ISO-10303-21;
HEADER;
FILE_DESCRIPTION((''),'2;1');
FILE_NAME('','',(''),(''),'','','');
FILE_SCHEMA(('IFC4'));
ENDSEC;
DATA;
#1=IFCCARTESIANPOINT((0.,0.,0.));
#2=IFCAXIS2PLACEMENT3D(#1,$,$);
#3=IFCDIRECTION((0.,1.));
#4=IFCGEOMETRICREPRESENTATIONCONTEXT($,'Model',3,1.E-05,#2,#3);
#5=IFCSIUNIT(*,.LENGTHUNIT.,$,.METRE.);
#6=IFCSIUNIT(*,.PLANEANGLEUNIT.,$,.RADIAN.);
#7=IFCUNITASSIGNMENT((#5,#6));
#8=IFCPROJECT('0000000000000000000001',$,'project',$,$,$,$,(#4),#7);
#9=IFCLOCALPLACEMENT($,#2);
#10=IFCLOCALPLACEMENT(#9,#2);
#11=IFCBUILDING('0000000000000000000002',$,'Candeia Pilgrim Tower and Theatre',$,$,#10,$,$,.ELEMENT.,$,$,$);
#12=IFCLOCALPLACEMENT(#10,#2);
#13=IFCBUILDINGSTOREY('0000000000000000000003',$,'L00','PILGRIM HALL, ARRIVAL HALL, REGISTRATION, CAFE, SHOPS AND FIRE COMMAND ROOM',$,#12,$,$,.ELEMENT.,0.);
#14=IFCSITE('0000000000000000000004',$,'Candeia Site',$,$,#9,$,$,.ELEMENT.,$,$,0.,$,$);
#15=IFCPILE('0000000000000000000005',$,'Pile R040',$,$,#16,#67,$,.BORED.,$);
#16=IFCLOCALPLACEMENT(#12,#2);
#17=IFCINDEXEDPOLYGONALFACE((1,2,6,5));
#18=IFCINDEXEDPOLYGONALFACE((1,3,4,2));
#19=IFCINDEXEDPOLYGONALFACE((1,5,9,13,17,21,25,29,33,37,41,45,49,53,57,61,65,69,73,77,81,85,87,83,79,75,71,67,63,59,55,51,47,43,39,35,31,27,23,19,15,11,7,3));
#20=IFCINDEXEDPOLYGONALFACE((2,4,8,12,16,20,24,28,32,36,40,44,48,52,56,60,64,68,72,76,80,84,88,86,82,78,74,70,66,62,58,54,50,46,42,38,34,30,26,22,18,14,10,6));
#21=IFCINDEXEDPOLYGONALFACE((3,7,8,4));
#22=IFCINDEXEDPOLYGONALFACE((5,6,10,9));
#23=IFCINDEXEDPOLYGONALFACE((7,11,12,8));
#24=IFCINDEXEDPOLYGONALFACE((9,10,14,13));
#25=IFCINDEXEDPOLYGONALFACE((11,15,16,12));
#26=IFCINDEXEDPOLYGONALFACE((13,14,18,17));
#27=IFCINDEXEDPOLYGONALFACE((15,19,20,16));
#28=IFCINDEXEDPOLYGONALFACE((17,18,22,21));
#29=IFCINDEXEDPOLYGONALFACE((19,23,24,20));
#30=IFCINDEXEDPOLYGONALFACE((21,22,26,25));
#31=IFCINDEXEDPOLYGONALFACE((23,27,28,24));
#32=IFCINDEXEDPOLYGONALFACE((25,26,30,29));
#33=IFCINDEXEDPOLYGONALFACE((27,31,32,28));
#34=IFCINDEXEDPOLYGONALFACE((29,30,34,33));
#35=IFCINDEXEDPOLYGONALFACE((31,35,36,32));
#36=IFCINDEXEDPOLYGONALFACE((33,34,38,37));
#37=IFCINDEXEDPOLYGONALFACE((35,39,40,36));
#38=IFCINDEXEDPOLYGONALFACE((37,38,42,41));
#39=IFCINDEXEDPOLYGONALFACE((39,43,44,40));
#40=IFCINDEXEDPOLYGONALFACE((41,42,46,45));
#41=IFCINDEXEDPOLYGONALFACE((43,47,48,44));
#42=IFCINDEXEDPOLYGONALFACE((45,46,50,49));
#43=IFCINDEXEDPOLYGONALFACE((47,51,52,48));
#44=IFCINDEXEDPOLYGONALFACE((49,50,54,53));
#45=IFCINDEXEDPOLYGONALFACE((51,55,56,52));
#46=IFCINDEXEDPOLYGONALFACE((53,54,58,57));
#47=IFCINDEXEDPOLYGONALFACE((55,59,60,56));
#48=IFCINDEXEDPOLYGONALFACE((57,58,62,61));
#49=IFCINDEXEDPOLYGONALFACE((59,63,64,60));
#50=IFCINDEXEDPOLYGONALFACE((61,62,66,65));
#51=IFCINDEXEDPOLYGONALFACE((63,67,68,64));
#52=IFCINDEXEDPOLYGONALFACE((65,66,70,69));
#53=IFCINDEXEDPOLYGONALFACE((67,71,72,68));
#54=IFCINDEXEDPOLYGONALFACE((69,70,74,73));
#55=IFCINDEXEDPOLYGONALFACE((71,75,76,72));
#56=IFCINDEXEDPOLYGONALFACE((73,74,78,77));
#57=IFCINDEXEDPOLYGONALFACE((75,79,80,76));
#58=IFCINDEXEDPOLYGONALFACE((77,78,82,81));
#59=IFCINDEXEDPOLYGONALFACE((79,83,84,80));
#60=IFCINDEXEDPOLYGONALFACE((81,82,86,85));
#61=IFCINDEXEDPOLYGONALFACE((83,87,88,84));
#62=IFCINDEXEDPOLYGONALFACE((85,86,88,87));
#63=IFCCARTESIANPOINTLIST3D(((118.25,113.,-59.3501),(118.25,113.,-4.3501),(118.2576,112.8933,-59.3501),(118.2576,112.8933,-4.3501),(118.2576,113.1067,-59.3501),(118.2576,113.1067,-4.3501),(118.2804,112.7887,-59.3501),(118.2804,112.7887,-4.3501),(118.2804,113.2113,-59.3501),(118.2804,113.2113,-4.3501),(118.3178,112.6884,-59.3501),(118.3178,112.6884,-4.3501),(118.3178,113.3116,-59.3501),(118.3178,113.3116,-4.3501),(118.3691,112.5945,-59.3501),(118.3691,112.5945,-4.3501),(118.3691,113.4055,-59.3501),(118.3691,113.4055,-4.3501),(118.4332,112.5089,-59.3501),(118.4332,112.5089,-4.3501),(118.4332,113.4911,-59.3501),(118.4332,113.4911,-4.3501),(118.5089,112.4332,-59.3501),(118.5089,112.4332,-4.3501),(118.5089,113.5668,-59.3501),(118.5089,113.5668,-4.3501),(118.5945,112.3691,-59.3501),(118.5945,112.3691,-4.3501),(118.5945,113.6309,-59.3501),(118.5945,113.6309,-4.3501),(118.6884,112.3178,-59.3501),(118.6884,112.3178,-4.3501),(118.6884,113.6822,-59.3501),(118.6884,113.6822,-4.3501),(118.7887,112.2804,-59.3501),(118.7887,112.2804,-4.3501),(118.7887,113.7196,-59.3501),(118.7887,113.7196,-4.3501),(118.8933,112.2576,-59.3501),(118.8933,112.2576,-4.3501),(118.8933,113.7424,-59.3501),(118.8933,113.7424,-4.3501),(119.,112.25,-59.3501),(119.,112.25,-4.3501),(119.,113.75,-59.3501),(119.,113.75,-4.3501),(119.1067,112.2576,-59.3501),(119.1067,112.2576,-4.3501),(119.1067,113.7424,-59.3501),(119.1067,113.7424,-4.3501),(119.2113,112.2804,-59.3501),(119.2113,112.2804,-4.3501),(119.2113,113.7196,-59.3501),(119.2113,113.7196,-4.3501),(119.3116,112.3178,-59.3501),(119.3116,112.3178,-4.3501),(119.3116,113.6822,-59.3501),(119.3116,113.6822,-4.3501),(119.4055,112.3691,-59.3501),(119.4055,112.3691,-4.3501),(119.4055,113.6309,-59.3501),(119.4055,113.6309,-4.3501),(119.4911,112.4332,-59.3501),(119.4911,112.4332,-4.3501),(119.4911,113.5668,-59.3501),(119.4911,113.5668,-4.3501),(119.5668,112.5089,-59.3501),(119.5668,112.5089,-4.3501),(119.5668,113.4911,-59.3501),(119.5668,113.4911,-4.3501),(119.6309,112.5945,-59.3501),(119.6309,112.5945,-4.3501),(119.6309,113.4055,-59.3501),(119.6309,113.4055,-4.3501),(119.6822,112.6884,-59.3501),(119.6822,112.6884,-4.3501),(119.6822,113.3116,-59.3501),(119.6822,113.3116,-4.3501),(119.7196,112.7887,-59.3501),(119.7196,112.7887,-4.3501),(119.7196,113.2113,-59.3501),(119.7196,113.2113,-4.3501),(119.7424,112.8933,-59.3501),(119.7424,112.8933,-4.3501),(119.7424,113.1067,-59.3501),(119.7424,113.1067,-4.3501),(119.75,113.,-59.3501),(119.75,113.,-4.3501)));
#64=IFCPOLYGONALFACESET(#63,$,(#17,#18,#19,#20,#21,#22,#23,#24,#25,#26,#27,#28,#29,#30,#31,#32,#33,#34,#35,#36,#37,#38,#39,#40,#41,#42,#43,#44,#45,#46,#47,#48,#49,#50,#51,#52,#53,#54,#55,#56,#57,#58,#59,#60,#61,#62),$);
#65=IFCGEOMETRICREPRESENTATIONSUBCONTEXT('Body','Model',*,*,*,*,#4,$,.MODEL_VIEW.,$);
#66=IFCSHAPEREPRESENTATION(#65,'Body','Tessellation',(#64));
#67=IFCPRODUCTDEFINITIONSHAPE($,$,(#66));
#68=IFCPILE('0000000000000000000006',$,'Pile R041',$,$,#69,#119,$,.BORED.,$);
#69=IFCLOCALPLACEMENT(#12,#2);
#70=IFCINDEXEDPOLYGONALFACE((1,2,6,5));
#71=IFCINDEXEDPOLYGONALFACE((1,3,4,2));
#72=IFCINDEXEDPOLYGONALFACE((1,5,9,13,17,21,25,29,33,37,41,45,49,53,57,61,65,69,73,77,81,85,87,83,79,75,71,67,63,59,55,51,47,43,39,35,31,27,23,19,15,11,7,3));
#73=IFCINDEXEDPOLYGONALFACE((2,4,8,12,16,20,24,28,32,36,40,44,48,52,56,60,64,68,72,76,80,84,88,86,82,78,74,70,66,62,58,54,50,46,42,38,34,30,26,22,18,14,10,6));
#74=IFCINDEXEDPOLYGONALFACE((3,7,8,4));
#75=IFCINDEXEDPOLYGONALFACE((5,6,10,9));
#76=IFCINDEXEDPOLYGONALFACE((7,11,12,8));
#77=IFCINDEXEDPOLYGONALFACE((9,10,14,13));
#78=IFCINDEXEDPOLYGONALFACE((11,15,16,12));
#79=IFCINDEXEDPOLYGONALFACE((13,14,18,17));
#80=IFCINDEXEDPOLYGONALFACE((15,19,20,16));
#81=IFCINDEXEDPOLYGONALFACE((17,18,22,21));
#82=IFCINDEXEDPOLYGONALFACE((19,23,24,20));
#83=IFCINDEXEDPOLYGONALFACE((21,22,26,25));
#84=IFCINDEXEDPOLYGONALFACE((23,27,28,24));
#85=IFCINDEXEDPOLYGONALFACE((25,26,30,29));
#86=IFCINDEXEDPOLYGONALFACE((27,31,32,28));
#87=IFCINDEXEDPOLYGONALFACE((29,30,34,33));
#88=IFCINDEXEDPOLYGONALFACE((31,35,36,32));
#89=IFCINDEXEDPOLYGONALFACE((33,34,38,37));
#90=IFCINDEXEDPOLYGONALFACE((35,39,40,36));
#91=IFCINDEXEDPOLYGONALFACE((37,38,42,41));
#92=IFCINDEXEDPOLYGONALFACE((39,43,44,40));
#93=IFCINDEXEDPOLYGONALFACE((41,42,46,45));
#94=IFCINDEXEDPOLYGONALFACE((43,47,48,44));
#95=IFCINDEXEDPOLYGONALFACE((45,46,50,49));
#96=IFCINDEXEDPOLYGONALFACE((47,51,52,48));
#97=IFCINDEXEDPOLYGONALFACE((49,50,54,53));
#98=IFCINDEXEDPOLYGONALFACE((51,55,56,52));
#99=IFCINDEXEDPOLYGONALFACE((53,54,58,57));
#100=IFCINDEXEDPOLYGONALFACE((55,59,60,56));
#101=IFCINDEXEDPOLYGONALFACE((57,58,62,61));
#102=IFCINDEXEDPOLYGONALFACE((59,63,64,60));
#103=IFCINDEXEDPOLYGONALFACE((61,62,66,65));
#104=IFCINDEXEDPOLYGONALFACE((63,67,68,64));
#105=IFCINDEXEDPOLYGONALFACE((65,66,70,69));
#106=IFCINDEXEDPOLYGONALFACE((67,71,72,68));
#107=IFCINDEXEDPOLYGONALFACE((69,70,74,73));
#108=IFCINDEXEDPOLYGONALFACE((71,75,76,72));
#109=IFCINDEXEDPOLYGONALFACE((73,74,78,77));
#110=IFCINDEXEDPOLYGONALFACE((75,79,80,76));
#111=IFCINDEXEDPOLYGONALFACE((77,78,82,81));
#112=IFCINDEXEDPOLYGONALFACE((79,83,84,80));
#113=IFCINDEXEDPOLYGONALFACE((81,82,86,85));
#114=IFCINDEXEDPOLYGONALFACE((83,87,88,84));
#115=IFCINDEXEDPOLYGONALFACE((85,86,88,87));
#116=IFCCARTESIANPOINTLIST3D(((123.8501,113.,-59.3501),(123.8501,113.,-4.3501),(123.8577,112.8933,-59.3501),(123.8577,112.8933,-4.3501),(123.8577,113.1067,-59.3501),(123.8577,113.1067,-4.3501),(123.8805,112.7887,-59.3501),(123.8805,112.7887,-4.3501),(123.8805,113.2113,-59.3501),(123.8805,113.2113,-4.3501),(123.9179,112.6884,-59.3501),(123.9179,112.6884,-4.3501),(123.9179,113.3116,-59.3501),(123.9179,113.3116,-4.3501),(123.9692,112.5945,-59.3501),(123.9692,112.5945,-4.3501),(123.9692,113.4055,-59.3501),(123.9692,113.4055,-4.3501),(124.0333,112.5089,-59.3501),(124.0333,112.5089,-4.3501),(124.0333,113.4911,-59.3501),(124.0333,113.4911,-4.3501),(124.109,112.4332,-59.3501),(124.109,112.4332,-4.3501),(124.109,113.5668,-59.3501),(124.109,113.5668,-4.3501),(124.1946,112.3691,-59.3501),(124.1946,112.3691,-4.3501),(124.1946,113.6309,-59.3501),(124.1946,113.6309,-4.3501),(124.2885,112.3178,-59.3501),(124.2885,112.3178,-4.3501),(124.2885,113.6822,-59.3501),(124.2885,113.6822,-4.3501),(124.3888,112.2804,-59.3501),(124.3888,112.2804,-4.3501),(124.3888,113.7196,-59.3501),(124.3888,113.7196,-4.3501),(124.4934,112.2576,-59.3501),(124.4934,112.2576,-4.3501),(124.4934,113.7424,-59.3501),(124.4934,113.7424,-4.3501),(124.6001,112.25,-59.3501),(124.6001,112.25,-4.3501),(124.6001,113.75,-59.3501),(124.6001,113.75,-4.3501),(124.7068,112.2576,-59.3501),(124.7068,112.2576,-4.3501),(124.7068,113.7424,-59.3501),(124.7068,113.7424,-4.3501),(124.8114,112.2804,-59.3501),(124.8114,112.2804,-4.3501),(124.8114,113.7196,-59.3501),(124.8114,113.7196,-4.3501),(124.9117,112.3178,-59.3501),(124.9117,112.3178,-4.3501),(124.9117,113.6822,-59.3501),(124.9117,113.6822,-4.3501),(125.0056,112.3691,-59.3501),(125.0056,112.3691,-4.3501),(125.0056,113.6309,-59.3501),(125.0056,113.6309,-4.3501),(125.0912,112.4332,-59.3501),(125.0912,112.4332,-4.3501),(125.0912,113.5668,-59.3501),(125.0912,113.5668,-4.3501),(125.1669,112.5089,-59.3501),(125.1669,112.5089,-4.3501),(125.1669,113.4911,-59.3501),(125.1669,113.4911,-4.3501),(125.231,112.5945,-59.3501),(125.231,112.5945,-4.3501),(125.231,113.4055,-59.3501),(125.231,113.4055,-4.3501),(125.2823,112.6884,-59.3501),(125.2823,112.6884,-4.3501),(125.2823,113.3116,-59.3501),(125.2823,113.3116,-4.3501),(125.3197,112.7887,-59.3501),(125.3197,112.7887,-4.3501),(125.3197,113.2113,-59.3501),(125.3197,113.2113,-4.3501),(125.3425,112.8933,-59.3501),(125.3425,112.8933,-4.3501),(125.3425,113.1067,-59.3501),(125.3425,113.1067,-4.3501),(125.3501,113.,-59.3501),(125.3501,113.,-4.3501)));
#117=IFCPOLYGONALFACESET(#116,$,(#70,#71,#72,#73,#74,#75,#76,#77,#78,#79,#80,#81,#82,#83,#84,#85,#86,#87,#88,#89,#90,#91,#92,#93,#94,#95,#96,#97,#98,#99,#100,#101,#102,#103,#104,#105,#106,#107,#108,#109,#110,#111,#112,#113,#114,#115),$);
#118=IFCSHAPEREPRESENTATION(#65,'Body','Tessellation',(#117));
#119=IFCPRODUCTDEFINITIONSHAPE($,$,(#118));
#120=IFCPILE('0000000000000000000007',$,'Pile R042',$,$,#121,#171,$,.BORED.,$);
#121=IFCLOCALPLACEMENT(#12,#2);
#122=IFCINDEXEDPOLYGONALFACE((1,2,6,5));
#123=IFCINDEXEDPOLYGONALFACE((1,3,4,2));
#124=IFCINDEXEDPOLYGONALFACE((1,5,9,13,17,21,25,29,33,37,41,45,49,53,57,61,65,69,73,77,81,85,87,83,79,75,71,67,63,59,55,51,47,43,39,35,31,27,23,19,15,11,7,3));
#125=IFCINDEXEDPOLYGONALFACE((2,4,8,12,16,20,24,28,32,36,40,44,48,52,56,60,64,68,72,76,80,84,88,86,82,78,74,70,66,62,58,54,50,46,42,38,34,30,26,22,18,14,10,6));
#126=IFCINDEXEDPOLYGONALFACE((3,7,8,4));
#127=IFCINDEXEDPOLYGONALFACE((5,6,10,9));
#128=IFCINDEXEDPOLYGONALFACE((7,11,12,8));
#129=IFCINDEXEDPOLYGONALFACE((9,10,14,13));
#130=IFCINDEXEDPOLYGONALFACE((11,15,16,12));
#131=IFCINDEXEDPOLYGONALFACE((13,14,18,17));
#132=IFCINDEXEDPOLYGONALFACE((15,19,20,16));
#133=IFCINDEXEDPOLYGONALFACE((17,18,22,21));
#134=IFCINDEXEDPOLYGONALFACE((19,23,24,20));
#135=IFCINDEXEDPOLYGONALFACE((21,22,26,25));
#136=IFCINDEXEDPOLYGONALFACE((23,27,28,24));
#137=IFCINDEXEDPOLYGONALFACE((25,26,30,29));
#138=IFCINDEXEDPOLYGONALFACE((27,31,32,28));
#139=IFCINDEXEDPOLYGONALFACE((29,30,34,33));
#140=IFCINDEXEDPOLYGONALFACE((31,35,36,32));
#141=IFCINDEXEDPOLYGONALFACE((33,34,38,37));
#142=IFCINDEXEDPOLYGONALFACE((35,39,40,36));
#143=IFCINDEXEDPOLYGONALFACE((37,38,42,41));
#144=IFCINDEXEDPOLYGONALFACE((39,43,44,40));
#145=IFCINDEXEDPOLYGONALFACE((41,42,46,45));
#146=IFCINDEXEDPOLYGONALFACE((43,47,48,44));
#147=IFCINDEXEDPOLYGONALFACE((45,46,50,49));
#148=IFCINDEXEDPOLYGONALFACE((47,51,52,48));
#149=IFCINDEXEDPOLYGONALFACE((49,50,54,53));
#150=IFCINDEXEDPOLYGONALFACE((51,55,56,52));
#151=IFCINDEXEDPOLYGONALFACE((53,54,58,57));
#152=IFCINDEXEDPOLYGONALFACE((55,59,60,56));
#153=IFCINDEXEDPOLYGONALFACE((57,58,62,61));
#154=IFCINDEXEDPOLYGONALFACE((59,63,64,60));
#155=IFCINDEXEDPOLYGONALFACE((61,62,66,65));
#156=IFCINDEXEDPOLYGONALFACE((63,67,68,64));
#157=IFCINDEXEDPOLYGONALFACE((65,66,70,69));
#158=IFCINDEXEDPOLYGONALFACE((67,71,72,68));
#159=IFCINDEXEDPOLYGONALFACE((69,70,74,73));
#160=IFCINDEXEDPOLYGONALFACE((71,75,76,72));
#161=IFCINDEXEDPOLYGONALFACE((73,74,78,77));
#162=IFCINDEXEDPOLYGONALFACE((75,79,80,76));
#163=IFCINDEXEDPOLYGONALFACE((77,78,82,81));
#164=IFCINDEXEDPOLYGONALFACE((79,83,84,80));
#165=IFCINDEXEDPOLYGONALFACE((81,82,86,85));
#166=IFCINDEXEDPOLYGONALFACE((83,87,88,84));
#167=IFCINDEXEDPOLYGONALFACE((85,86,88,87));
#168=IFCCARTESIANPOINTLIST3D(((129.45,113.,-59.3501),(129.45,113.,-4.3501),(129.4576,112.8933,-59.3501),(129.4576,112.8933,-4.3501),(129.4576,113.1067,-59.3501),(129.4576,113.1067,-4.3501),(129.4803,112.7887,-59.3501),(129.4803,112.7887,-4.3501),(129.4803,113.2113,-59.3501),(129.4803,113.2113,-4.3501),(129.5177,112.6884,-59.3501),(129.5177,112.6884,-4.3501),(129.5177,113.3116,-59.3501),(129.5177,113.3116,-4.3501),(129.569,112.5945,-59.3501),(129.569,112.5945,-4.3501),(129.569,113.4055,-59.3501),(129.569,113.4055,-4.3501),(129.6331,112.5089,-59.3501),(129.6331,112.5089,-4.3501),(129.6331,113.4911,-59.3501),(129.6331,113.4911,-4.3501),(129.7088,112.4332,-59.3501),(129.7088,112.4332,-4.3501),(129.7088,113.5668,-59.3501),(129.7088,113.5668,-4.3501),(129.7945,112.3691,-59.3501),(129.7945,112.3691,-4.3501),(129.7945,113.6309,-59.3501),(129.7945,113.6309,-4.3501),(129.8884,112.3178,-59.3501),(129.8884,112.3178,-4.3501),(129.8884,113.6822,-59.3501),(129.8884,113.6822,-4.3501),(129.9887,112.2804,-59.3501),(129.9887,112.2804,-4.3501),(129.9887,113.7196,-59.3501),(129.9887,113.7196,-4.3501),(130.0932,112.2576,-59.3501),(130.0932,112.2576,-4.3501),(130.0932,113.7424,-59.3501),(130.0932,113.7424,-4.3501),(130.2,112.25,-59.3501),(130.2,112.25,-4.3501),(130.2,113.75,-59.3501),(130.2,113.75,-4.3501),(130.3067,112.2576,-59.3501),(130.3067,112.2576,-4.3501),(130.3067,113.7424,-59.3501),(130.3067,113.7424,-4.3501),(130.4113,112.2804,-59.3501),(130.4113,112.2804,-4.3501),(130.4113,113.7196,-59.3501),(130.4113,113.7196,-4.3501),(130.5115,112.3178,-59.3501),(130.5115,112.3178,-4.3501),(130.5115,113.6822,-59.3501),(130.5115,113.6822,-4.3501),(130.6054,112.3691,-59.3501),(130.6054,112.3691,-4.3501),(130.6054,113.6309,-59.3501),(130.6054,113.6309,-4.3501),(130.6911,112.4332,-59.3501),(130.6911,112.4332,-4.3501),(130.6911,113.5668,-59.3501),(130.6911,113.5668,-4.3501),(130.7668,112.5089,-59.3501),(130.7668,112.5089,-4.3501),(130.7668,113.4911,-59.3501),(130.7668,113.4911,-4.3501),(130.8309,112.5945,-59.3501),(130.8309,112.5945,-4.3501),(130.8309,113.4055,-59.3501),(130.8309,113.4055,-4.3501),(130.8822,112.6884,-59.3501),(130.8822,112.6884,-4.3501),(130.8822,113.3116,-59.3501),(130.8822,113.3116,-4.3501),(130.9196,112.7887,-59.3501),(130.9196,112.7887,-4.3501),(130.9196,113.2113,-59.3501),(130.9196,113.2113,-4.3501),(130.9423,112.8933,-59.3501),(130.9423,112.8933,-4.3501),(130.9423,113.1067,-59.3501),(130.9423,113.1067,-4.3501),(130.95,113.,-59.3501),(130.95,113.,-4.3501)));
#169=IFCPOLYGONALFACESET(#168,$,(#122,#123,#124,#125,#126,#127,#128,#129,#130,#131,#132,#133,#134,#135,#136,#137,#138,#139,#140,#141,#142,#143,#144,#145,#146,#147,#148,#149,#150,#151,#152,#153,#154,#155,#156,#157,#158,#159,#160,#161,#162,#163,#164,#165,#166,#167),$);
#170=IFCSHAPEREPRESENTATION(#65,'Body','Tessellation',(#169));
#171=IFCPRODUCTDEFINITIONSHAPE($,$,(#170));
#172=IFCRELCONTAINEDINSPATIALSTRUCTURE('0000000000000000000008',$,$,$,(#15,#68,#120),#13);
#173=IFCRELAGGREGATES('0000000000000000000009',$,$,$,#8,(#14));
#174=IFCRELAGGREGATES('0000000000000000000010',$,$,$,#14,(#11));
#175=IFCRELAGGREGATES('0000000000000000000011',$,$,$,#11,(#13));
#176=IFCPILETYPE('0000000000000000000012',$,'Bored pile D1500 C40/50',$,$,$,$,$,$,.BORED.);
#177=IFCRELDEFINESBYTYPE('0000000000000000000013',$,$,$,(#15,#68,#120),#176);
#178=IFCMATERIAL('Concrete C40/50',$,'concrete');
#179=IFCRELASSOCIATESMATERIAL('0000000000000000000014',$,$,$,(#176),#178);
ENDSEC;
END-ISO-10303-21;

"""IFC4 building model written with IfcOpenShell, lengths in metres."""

from ifc_helpers import new_model, si_unit, direction, frame, origin, origin_2d, place, context, subcontext, project, spatial, circle, extrude, material, material_profile, profile_set, type_object, element, save


model = new_model("IFC4")

# Units and contexts
model_context = context("Model", 3, precision=1e-05, world=origin(), true_north=direction((0.0, 1.0)))
body_context = subcontext(model_context, "Body", "Model", "MODEL_VIEW")
ifc_project = project(units=[si_unit("LENGTHUNIT", "METRE"), si_unit("PLANEANGLEUNIT", "RADIAN")], contexts=[model_context])

# Site, building, storey
site_placement = place(None, origin())
site = spatial("IfcSite", under=ifc_project, at=site_placement, Name="Candeia Site", CompositionType="ELEMENT", RefElevation=0.0)
building_placement = place(site_placement, origin())
building = spatial("IfcBuilding", under=site, at=building_placement, Name="Candeia Pilgrim Tower and Theatre", CompositionType="ELEMENT")
storey_placement = place(building_placement, origin())
storey = spatial("IfcBuildingStorey", under=building, at=storey_placement, Name="L00", Description="PILGRIM HALL, ARRIVAL HALL, REGISTRATION, CAFE, SHOPS AND FIRE COMMAND ROOM", CompositionType="ELEMENT", Elevation=0.0)

# Piles
ifc_material_1 = material(Name="Concrete C40/50", Category="concrete")
ifc_material_profile_1 = material_profile(ifc_material_1, circle(Radius=0.75, at=origin_2d()))
ifc_profile_set_1 = profile_set([ifc_material_profile_1], Name="Concrete C40/50")
pile_type = type_object("IfcPileType", Name="Bored pile D1500 C40/50", PredefinedType="BORED", material=ifc_profile_set_1)
for number, where, z_axis, x_axis, name in (
    (1, (119.0, 113.0, -4.3501), (0.0, 0.0, -1.0), (1.0, 0.0, 0.0), "Pile R040"),
    (2, (124.6001, 113.0, -4.3501), (0.0, 0.0, -1.0), (1.0, 0.0, 0.0), "Pile R041"),
    (3, (130.2, 113.0, -4.3501), (0.0, 0.0, -1.0), (1.0, 0.0, 0.0), "Pile R042"),
):
    element("IfcPile", number, at=place(storey_placement, frame(where, z_axis=z_axis, x_axis=x_axis)), inside=storey, type_object=pile_type, Name=name, PredefinedType="BORED", context=body_context, shape_type="SweptSolid", body=[
        extrude(circle(Radius=0.75, at=origin_2d()), origin(), (0.0, 0.0, 1.0), 55.0),
    ])

save(model, "model.ifc")
